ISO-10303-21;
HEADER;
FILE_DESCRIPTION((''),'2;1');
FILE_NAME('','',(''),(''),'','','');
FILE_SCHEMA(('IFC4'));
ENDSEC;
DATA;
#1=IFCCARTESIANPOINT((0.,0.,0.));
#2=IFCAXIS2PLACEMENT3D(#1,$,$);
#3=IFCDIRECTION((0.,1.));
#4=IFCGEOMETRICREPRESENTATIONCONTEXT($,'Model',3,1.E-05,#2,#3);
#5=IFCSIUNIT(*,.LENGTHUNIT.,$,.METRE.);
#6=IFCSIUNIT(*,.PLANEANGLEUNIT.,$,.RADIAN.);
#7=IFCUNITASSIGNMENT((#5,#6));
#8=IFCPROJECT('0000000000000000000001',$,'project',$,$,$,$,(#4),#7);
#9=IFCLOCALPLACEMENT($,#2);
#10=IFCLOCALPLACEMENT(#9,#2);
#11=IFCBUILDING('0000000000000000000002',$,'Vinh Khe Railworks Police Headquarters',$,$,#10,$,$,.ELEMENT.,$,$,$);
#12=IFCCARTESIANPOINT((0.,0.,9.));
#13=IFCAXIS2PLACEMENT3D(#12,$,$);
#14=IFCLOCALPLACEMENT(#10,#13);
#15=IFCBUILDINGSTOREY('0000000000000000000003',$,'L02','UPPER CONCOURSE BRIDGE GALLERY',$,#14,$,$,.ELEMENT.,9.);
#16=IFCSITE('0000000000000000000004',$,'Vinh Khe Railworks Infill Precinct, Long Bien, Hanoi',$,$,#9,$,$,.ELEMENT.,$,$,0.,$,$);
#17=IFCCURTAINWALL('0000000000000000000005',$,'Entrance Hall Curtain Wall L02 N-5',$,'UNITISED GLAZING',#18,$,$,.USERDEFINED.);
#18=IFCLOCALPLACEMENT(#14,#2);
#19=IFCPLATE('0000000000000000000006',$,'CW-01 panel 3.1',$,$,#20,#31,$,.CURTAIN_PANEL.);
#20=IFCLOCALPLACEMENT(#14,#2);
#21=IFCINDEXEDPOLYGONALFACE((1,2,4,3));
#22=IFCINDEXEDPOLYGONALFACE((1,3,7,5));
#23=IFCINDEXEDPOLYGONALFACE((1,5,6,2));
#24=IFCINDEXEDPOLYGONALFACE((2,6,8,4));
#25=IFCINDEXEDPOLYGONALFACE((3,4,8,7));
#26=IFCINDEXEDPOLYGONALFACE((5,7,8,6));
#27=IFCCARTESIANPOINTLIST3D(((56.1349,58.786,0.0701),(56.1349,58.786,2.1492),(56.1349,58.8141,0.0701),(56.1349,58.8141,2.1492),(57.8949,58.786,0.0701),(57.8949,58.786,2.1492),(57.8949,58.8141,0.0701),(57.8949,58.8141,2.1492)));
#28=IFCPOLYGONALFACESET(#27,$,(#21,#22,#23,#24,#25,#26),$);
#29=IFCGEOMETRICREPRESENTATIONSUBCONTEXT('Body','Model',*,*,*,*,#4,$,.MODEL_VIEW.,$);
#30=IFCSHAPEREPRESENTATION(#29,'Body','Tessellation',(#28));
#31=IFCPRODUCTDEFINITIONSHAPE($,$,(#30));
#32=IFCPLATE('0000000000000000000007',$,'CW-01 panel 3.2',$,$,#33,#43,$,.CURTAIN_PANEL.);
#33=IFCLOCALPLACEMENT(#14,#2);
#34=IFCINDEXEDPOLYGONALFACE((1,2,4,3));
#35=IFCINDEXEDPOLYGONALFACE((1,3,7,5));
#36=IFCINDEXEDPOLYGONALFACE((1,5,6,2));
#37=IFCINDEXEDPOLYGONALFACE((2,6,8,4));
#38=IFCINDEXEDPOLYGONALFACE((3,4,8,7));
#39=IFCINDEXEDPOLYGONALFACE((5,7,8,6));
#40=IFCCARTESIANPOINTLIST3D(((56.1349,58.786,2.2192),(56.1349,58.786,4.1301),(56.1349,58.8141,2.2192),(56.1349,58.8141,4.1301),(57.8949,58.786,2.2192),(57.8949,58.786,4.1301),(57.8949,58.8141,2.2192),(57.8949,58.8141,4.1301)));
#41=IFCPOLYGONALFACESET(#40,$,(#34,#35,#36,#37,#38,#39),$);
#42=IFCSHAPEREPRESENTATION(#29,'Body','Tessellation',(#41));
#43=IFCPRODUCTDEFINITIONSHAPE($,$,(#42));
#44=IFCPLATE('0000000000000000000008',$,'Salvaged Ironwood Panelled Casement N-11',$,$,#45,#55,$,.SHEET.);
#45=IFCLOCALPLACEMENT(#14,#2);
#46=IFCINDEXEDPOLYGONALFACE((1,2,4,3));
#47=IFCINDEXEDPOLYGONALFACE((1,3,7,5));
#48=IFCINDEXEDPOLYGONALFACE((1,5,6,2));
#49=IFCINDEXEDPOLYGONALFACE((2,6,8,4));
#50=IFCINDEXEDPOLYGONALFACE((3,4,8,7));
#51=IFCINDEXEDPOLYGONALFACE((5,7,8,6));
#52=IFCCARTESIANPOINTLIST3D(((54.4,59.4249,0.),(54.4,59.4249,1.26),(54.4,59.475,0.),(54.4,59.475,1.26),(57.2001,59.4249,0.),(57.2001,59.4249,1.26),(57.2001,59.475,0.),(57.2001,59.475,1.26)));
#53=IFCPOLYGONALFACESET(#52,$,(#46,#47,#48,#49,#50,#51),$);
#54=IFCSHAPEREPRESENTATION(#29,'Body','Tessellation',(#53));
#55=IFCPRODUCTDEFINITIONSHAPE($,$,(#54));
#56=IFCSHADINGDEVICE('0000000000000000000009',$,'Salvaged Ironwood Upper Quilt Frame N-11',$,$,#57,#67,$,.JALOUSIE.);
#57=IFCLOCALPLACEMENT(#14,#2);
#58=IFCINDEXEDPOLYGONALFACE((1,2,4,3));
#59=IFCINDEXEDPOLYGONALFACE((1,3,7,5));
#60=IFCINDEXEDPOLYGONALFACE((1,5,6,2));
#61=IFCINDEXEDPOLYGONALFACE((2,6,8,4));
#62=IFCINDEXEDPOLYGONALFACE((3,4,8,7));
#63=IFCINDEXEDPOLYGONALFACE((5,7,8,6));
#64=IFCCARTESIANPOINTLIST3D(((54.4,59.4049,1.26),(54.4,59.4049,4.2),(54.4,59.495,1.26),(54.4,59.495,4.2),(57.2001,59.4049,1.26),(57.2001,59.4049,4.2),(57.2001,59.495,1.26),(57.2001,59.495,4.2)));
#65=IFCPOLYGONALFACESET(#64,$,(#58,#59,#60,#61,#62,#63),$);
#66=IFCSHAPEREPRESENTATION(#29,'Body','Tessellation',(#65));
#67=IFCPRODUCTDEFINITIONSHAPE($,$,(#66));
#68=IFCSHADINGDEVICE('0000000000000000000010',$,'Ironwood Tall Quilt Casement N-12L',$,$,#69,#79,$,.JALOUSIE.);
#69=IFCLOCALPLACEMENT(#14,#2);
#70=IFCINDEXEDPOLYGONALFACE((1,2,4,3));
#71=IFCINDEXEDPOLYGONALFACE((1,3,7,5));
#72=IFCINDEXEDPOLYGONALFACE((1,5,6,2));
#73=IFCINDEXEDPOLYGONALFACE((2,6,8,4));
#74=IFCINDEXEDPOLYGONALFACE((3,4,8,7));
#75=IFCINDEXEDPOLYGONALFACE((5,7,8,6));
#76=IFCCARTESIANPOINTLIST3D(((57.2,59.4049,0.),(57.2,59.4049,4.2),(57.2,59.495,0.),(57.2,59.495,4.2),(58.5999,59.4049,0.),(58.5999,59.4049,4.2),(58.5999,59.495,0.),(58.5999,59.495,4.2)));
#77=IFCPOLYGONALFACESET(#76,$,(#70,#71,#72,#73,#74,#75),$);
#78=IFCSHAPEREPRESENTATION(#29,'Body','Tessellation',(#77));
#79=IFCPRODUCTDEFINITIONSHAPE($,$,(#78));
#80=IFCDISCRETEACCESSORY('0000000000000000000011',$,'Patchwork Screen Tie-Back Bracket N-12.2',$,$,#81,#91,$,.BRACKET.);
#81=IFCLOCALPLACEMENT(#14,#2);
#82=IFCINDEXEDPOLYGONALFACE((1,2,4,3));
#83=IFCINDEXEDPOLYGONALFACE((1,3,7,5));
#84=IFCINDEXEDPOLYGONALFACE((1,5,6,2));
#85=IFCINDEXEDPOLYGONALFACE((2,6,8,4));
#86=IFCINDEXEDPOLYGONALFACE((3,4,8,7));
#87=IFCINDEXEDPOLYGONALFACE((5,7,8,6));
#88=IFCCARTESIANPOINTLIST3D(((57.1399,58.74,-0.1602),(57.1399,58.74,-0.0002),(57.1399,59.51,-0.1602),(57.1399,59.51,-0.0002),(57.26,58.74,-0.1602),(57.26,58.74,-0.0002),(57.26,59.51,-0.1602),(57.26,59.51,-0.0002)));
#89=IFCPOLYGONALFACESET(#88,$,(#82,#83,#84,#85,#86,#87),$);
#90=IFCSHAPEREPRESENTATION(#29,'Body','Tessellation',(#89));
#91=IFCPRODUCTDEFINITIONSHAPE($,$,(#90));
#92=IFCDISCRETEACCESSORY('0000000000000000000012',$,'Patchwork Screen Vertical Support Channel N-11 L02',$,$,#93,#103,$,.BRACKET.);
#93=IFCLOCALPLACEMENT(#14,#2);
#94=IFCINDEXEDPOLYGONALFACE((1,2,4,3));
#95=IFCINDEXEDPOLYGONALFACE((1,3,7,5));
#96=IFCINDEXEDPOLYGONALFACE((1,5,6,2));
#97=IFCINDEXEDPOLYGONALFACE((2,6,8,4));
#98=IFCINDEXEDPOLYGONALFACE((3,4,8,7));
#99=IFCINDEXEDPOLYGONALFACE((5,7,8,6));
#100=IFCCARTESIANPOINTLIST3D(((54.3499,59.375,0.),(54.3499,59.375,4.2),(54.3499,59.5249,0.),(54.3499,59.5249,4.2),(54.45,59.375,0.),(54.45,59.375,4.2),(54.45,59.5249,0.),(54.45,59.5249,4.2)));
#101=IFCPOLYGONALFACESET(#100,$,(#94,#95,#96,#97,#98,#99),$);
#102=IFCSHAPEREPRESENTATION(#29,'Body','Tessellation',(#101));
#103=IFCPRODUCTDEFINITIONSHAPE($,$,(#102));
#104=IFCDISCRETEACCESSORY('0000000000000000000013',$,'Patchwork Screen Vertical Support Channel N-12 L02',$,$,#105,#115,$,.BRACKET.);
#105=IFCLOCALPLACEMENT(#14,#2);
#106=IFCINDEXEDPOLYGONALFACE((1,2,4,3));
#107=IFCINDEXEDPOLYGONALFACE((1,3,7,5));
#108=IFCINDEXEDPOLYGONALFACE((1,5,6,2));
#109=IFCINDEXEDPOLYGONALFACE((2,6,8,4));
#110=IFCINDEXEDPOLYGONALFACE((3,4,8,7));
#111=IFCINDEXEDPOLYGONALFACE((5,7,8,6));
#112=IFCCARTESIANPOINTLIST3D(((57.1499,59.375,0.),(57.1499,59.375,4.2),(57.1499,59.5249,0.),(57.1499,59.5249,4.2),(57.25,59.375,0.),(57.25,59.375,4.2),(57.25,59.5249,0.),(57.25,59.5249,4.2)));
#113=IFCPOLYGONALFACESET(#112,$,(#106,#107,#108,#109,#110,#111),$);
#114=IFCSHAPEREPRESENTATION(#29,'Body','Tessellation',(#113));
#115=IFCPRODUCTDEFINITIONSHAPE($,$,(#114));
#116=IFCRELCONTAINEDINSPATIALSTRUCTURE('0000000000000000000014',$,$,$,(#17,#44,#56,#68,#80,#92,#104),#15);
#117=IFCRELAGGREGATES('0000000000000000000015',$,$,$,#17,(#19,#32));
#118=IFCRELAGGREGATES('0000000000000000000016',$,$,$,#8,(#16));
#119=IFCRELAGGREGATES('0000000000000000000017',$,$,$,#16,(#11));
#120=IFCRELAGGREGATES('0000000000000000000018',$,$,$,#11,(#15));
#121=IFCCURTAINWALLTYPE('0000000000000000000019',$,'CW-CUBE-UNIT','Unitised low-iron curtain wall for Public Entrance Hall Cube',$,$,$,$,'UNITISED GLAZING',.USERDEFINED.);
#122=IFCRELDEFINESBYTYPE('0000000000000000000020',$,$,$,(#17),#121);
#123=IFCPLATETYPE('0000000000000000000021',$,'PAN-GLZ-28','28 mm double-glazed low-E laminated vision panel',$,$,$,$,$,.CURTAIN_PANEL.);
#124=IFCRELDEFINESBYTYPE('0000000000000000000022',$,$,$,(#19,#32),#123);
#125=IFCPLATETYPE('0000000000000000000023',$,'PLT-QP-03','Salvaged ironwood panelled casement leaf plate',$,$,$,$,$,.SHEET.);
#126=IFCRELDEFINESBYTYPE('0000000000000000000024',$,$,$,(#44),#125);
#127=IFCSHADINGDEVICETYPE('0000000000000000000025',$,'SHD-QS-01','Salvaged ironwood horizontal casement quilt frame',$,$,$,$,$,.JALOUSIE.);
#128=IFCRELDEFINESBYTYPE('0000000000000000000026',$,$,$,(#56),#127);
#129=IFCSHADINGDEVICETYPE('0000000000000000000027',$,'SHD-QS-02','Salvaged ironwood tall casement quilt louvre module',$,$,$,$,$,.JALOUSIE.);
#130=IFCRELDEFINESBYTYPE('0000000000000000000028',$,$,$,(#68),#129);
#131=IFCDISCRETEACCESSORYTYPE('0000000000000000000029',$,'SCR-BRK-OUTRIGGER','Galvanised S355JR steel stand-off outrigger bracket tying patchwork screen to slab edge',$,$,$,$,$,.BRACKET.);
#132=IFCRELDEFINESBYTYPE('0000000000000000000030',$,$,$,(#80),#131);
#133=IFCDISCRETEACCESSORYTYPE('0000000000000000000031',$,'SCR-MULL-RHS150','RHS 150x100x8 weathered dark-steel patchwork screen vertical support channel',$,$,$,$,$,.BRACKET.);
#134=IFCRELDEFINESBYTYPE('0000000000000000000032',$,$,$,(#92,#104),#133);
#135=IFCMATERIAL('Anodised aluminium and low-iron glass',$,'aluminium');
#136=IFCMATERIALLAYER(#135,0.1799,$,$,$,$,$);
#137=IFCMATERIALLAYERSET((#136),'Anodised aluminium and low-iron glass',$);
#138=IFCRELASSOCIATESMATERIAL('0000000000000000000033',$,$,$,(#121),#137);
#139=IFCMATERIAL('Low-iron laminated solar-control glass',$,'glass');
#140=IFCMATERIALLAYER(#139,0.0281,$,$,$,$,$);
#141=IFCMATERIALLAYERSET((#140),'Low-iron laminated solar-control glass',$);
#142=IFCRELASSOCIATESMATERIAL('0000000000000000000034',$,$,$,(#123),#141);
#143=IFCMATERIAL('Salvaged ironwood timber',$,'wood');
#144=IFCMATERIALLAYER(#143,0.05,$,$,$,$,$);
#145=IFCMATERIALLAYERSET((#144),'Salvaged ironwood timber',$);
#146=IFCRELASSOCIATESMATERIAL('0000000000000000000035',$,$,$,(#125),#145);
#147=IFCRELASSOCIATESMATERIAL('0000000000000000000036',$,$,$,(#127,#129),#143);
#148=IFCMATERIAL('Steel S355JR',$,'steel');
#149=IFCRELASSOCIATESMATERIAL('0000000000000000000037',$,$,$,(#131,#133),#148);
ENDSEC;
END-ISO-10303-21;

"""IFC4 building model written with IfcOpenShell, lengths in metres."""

from ifc_helpers import new_model, si_unit, direction, frame, origin, origin_2d, place, context, subcontext, project, spatial, rectangle, extrude, material, layer, layer_set, type_object, element, aggregate, save


model = new_model("IFC4")

# Units and contexts
model_context = context("Model", 3, precision=1e-05, world=origin(), true_north=direction((0.0, 1.0)))
body_context = subcontext(model_context, "Body", "Model", "MODEL_VIEW")
ifc_project = project(units=[si_unit("LENGTHUNIT", "METRE"), si_unit("PLANEANGLEUNIT", "RADIAN")], contexts=[model_context])

# Site, building, storey
site_placement = place(None, origin())
site = spatial("IfcSite", under=ifc_project, at=site_placement, Name="Vinh Khe Railworks Infill Precinct, Long Bien, Hanoi", CompositionType="ELEMENT", RefElevation=0.0)
building_placement = place(site_placement, origin())
building = spatial("IfcBuilding", under=site, at=building_placement, Name="Vinh Khe Railworks Police Headquarters", CompositionType="ELEMENT")
storey_placement = place(building_placement, frame((0.0, 0.0, 9.0)))
storey = spatial("IfcBuildingStorey", under=building, at=storey_placement, Name="L02", Description="UPPER CONCOURSE BRIDGE GALLERY", CompositionType="ELEMENT", Elevation=9.0)

# Shared definitions
ifc_material_1 = material(Name="Steel S355JR", Category="steel")

# Shared definitions
ifc_material_2 = material(Name="Salvaged ironwood timber", Category="wood")

# Curtain wall, plates
ifc_material_3 = material(Name="Anodised aluminium and low-iron glass", Category="aluminium")
ifc_layer_1 = layer(ifc_material_3, 0.1799)
ifc_layer_set_1 = layer_set([ifc_layer_1], Name="Anodised aluminium and low-iron glass")
curtain_wall_type = type_object("IfcCurtainWallType", Name="CW-CUBE-UNIT", Description="Unitised low-iron curtain wall for Public Entrance Hall Cube", ElementType="UNITISED GLAZING", PredefinedType="USERDEFINED", material=ifc_layer_set_1)
curtain_wall_placement = place(storey_placement, origin())
curtain_wall = element("IfcCurtainWall", 1, at=curtain_wall_placement, inside=storey, type_object=curtain_wall_type, Name="Entrance Hall Curtain Wall L02 N-5", ObjectType="UNITISED GLAZING", PredefinedType="USERDEFINED")
ifc_material_4 = material(Name="Low-iron laminated solar-control glass", Category="glass")
ifc_layer_2 = layer(ifc_material_4, 0.0281)
ifc_layer_set_2 = layer_set([ifc_layer_2], Name="Low-iron laminated solar-control glass")
plate_type_1 = type_object("IfcPlateType", Name="PAN-GLZ-28", Description="28 mm double-glazed low-E laminated vision panel", PredefinedType="CURTAIN_PANEL", material=ifc_layer_set_2)
plate_1_placement = place(storey_placement, frame((57.0149, 58.8, 0.0701), z_axis=(0.0, 0.0, 1.0), x_axis=(1.0, 0.0, 0.0)))
plate_1 = element("IfcPlate", 2, at=plate_1_placement, type_object=plate_type_1, Name="CW-01 panel 3.1", PredefinedType="CURTAIN_PANEL", context=body_context, shape_type="SweptSolid", body=[
    extrude(rectangle(XDim=1.76, YDim=0.0281, at=origin_2d()), origin(), (0.0, 0.0, 1.0), 2.0791),
])
plate_2_placement = place(storey_placement, frame((57.0149, 58.8, 2.2192), z_axis=(0.0, 0.0, 1.0), x_axis=(1.0, 0.0, 0.0)))
plate_2 = element("IfcPlate", 3, at=plate_2_placement, type_object=plate_type_1, Name="CW-01 panel 3.2", PredefinedType="CURTAIN_PANEL", context=body_context, shape_type="SweptSolid", body=[
    extrude(rectangle(XDim=1.76, YDim=0.0281, at=origin_2d()), origin(), (0.0, 0.0, 1.0), 1.9109),
])
aggregate(curtain_wall, [plate_1, plate_2])

# Plate
ifc_layer_3 = layer(ifc_material_2, 0.05)
ifc_layer_set_3 = layer_set([ifc_layer_3], Name="Salvaged ironwood timber")
plate_type_2 = type_object("IfcPlateType", Name="PLT-QP-03", Description="Salvaged ironwood panelled casement leaf plate", PredefinedType="SHEET", material=ifc_layer_set_3)
plate_3_placement = place(storey_placement, frame((55.8, 59.45, 0.0), z_axis=(0.0, 0.0, 1.0), x_axis=(1.0, 0.0, 0.0)))
element("IfcPlate", 4, at=plate_3_placement, inside=storey, type_object=plate_type_2, Name="Salvaged Ironwood Panelled Casement N-11", PredefinedType="SHEET", context=body_context, shape_type="SweptSolid", body=[
    extrude(rectangle(XDim=2.8, YDim=0.05, at=origin_2d()), origin(), (0.0, 0.0, 1.0), 1.26),
])

# Shading devices
shading_device_type_1 = type_object("IfcShadingDeviceType", Name="SHD-QS-01", Description="Salvaged ironwood horizontal casement quilt frame", PredefinedType="JALOUSIE", material=ifc_material_2)
shading_device_1_placement = place(storey_placement, frame((55.8, 59.45, 1.26), z_axis=(0.0, 0.0, 1.0), x_axis=(1.0, 0.0, 0.0)))
element("IfcShadingDevice", 5, at=shading_device_1_placement, inside=storey, type_object=shading_device_type_1, Name="Salvaged Ironwood Upper Quilt Frame N-11", PredefinedType="JALOUSIE", context=body_context, shape_type="SweptSolid", body=[
    extrude(rectangle(XDim=2.8, YDim=0.0901, at=origin_2d()), origin(), (0.0, 0.0, 1.0), 2.9399),
])
shading_device_type_2 = type_object("IfcShadingDeviceType", Name="SHD-QS-02", Description="Salvaged ironwood tall casement quilt louvre module", PredefinedType="JALOUSIE", material=ifc_material_2)
shading_device_2_placement = place(storey_placement, frame((57.8999, 59.45, 0.0), z_axis=(0.0, 0.0, 1.0), x_axis=(1.0, 0.0, 0.0)))
element("IfcShadingDevice", 6, at=shading_device_2_placement, inside=storey, type_object=shading_device_type_2, Name="Ironwood Tall Quilt Casement N-12L", PredefinedType="JALOUSIE", context=body_context, shape_type="SweptSolid", body=[
    extrude(rectangle(XDim=1.3999, YDim=0.0901, at=origin_2d()), origin(), (0.0, 0.0, 1.0), 4.2),
])

# Discrete accessories
discrete_accessory_type_1 = type_object("IfcDiscreteAccessoryType", Name="SCR-BRK-OUTRIGGER", Description="Galvanised S355JR steel stand-off outrigger bracket tying patchwork screen to slab edge", PredefinedType="BRACKET", material=ifc_material_1)
discrete_accessory_placement = place(storey_placement, frame((57.2, 59.125, -0.1602), z_axis=(0.0, 0.0, 1.0), x_axis=(1.0, 0.0, 0.0)))
element("IfcDiscreteAccessory", 7, at=discrete_accessory_placement, inside=storey, type_object=discrete_accessory_type_1, Name="Patchwork Screen Tie-Back Bracket N-12.2", PredefinedType="BRACKET", context=body_context, shape_type="SweptSolid", body=[
    extrude(rectangle(XDim=0.1201, YDim=0.77, at=origin_2d()), origin(), (0.0, 0.0, 1.0), 0.1599),
])
discrete_accessory_type_2 = type_object("IfcDiscreteAccessoryType", Name="SCR-MULL-RHS150", Description="RHS 150x100x8 weathered dark-steel patchwork screen vertical support channel", PredefinedType="BRACKET", material=ifc_material_1)
for number, where, z_axis, x_axis, name in (
    (8, (54.3999, 59.45, 0.0), (0.0, 0.0, 1.0), (1.0, 0.0, 0.0), "Patchwork Screen Vertical Support Channel N-11 L02"),
    (9, (57.2, 59.45, 0.0), (0.0, 0.0, 1.0), (1.0, 0.0, 0.0), "Patchwork Screen Vertical Support Channel N-12 L02"),
):
    element("IfcDiscreteAccessory", number, at=place(storey_placement, frame(where, z_axis=z_axis, x_axis=x_axis)), inside=storey, type_object=discrete_accessory_type_2, Name=name, PredefinedType="BRACKET", context=body_context, shape_type="SweptSolid", body=[
        extrude(rectangle(XDim=0.1001, YDim=0.1499, at=origin_2d()), origin(), (0.0, 0.0, 1.0), 4.2),
    ])

save(model, "model.ifc")
